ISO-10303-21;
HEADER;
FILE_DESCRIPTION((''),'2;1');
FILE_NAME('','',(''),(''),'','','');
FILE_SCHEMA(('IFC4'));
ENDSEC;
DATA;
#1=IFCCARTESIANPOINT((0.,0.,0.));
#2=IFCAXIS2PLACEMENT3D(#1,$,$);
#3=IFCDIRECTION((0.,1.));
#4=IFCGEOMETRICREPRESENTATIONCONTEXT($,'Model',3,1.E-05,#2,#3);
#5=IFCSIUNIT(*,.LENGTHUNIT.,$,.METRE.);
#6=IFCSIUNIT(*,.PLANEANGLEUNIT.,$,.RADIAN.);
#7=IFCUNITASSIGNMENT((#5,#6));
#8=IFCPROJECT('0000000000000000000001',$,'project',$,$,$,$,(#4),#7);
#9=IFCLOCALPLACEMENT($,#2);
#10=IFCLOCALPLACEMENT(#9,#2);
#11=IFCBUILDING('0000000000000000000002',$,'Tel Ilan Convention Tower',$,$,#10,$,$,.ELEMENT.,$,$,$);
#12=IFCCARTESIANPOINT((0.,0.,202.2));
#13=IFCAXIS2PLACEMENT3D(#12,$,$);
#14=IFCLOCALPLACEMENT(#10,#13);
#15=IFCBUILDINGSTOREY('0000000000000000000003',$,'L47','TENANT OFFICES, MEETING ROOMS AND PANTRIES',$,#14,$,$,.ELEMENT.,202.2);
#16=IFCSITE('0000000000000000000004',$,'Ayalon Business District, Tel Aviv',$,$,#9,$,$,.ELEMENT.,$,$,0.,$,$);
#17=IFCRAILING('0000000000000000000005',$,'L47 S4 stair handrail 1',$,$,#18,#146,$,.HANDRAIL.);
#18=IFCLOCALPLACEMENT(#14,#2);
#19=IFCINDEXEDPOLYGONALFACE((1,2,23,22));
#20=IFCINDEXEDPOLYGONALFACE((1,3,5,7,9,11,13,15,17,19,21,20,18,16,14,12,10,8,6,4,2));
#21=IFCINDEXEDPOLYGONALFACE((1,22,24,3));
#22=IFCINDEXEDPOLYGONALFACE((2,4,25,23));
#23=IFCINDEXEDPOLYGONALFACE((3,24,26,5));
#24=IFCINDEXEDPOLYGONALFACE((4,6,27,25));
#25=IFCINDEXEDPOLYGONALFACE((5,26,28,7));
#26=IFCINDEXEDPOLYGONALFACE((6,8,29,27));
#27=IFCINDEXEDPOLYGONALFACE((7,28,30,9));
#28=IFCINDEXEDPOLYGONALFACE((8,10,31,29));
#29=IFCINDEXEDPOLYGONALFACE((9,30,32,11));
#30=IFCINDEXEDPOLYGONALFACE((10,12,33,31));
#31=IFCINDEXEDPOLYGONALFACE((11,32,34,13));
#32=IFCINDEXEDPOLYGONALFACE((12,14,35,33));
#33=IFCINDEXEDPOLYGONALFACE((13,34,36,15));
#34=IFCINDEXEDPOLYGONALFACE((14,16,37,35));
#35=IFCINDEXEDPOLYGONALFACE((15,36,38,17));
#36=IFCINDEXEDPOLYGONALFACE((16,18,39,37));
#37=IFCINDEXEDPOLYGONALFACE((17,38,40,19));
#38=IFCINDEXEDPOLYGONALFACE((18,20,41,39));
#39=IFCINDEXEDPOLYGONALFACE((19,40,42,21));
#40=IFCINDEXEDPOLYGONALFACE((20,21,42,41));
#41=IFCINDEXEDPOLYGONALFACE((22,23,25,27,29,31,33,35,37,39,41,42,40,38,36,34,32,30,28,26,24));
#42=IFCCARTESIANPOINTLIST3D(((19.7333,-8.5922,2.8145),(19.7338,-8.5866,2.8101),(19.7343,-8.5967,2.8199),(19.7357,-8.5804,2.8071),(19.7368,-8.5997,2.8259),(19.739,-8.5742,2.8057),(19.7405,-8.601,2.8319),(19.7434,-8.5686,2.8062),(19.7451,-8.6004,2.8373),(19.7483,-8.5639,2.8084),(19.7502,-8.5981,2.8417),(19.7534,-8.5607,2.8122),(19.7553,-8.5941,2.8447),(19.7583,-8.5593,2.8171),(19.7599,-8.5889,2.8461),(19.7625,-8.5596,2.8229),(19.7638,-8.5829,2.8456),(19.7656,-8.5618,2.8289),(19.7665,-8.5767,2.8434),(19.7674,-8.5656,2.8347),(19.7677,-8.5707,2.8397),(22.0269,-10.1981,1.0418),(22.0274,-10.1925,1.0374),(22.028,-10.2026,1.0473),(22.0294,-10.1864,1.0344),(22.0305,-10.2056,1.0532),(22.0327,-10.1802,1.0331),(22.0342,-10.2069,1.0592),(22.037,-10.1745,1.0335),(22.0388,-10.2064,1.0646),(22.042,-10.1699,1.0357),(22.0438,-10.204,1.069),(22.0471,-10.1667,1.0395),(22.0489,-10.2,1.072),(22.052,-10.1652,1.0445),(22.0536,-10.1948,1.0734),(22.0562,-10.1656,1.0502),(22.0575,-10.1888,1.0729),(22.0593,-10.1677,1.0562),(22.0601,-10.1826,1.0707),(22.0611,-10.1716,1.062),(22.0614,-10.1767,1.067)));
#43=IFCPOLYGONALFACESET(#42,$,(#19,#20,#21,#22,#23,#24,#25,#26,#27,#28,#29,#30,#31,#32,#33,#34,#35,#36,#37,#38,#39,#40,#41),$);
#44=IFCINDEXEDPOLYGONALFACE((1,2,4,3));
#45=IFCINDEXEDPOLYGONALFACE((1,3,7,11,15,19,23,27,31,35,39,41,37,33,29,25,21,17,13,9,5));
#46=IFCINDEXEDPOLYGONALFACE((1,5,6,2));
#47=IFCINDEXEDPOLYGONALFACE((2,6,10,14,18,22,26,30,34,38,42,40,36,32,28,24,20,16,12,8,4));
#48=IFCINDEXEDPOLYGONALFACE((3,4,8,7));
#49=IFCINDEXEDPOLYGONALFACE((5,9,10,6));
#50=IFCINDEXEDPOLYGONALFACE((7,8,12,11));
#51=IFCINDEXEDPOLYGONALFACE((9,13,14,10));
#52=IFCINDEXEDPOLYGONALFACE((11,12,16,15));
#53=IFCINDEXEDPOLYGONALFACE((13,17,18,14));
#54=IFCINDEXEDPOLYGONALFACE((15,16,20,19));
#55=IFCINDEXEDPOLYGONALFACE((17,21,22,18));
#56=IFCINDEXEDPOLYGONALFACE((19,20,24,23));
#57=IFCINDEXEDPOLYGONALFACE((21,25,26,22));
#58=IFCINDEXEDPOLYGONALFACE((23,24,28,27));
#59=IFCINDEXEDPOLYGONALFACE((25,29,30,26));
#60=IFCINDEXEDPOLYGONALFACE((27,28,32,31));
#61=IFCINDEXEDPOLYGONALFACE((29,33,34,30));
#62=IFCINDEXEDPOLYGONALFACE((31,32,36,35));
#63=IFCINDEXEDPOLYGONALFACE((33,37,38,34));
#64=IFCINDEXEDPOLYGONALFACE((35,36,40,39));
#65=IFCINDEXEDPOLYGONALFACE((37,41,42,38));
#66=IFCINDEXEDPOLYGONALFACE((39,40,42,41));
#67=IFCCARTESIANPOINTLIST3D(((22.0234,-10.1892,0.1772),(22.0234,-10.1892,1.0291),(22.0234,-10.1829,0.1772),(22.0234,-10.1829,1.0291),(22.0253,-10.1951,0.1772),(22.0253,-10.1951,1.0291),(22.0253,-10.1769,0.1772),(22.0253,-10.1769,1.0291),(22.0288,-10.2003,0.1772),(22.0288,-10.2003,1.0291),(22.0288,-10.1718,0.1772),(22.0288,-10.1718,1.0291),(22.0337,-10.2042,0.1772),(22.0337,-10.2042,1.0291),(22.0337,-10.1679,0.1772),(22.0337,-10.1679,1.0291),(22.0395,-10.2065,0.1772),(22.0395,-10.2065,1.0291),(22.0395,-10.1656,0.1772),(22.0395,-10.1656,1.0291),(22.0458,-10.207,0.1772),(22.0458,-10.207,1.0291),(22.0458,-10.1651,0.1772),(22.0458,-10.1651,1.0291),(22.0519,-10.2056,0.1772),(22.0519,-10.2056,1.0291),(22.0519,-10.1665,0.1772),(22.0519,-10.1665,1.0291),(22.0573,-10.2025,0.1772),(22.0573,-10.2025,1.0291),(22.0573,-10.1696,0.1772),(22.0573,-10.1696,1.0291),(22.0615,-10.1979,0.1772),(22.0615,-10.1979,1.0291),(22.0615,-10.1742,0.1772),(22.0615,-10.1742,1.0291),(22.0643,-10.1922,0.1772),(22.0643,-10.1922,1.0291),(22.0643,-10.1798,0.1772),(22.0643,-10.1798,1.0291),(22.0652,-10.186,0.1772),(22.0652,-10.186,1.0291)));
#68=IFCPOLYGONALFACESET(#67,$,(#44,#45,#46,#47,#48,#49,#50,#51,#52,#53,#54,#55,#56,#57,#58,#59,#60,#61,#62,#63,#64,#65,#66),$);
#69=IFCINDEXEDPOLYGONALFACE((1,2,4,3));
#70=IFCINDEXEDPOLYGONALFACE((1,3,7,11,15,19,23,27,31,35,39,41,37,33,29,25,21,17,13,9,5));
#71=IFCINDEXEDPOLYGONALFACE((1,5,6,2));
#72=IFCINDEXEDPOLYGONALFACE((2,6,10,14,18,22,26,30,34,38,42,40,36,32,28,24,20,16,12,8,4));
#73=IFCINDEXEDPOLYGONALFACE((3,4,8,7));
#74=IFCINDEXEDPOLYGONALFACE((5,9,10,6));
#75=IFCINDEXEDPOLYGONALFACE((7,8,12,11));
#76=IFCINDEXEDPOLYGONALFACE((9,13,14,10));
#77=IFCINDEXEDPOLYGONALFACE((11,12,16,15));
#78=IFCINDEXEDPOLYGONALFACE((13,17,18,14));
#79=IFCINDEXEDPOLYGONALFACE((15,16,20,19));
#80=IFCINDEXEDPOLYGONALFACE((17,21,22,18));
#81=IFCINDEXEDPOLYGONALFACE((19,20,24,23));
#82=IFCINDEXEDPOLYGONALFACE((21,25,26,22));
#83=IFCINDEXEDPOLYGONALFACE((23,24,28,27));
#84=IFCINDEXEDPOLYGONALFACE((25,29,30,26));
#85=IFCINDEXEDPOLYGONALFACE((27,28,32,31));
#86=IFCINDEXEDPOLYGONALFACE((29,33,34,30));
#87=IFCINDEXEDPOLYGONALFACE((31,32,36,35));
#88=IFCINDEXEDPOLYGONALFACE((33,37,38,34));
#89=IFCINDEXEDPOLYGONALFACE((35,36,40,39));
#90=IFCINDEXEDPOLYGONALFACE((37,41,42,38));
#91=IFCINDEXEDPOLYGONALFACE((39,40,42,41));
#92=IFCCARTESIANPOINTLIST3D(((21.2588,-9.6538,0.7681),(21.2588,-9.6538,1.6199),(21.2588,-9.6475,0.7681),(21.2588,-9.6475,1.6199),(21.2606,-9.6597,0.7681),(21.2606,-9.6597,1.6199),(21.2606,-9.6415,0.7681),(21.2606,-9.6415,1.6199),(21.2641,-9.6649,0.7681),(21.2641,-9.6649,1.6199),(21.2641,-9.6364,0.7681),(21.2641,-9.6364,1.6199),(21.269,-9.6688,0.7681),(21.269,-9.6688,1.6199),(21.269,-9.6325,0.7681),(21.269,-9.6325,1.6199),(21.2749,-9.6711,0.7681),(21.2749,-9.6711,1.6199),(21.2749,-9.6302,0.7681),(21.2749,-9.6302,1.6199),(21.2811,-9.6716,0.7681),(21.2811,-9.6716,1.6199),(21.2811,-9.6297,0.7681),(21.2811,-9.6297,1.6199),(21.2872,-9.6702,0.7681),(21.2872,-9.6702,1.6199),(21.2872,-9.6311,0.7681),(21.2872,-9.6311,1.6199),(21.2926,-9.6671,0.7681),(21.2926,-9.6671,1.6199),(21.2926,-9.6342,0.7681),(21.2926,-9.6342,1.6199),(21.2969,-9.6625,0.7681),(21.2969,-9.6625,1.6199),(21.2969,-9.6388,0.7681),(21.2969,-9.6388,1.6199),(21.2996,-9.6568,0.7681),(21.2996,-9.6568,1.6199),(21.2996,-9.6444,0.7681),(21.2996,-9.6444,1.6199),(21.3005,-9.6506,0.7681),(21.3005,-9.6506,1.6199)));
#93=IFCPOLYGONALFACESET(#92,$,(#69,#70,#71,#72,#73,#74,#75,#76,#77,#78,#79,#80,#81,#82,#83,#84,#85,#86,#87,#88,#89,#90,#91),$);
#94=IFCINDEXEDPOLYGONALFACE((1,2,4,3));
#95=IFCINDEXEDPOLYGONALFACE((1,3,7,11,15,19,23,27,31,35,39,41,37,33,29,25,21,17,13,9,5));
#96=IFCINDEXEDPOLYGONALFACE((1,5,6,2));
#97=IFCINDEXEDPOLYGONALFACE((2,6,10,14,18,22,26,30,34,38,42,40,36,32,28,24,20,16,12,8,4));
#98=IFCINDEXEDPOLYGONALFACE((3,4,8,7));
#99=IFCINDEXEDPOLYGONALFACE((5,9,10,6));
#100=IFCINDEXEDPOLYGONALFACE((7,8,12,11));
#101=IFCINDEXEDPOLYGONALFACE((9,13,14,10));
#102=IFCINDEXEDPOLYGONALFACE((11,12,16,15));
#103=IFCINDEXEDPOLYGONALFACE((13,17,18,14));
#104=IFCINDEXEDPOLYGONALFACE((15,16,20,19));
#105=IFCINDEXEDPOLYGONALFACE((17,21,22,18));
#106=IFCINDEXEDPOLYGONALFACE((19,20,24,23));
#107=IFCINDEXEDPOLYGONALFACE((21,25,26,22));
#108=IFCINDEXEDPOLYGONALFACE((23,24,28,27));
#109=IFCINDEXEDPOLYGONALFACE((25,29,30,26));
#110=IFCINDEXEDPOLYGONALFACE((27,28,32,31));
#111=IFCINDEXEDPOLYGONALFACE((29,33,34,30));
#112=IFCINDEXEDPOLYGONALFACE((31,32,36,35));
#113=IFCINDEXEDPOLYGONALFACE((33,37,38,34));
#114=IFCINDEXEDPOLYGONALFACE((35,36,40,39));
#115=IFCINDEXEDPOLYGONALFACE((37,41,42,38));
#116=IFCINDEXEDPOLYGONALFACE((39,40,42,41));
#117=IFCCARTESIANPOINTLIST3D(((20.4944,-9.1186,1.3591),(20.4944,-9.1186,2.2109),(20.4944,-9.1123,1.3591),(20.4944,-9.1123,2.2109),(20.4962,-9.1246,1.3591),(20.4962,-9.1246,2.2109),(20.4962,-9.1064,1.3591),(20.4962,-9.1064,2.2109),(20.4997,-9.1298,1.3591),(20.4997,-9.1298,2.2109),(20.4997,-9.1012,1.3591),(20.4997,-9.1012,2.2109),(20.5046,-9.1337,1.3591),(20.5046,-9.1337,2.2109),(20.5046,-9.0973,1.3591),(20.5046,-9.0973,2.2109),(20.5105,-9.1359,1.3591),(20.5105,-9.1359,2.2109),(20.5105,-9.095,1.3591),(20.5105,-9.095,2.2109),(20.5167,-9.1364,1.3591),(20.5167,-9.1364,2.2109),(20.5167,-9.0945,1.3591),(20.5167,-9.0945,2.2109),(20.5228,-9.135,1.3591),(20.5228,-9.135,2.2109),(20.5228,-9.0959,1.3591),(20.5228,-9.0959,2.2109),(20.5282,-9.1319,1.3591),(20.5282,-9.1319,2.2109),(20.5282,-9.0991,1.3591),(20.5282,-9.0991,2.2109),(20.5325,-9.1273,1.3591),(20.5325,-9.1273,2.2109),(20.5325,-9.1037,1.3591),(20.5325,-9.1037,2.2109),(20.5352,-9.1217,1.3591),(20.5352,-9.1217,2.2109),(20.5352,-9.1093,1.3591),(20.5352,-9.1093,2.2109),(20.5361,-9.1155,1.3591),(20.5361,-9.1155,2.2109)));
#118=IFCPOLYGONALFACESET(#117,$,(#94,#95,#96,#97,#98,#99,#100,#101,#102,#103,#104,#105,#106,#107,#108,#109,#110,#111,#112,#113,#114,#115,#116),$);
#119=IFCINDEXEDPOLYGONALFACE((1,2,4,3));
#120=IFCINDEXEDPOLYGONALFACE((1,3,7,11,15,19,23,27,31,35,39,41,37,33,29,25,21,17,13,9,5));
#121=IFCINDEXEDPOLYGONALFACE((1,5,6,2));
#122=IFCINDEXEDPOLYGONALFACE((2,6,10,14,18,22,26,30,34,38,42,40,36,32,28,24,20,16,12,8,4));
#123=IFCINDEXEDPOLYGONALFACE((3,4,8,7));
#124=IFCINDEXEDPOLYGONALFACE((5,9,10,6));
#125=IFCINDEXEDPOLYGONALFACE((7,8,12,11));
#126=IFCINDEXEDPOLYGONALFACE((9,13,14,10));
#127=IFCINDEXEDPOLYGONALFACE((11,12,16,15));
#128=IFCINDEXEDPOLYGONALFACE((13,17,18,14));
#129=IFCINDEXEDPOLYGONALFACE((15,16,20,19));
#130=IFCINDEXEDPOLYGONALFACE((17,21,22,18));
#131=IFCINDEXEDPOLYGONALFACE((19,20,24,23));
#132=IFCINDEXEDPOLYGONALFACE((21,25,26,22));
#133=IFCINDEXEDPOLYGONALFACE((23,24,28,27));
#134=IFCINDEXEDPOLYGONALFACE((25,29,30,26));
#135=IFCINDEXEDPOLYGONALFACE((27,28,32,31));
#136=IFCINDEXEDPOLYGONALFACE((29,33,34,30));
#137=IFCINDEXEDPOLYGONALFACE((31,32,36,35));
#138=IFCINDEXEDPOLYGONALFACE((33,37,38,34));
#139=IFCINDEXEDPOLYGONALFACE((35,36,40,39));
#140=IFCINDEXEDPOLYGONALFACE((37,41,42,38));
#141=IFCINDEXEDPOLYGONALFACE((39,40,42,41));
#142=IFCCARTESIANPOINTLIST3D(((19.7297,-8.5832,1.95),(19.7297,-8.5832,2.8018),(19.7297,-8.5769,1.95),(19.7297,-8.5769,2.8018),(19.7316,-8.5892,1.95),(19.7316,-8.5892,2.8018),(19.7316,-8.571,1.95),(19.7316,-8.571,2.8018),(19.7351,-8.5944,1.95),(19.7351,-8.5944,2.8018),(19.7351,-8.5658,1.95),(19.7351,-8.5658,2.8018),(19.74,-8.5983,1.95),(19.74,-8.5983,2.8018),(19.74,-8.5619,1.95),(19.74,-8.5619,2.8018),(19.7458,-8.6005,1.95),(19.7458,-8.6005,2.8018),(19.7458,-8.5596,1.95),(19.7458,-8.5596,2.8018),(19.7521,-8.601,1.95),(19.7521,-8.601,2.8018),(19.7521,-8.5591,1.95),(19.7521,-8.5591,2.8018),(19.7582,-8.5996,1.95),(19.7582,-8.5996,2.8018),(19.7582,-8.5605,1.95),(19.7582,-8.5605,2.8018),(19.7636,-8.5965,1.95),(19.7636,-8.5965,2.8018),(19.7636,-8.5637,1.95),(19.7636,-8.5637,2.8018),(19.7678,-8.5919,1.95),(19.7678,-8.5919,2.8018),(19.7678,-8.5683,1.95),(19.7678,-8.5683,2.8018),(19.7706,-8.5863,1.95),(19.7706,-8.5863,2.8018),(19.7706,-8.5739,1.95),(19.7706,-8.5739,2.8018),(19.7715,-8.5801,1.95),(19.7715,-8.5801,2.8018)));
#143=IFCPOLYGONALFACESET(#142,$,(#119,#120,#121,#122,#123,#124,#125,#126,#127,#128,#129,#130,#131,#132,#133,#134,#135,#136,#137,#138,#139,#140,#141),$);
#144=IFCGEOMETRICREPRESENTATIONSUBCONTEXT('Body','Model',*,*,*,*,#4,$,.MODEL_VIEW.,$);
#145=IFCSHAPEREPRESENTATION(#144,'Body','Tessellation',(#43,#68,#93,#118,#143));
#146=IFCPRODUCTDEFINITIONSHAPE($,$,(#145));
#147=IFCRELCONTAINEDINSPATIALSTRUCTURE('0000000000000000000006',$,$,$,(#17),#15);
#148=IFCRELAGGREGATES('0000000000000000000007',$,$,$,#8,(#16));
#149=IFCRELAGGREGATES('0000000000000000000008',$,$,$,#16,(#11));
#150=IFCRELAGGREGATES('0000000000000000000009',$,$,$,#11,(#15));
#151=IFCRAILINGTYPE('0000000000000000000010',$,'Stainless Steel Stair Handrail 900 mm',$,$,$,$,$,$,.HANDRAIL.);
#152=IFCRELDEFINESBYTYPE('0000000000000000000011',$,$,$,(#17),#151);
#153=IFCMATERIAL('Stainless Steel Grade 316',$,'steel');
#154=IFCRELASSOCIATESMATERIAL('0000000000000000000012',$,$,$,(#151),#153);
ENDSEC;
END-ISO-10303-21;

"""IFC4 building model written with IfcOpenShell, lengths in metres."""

from ifc_helpers import new_model, si_unit, direction, frame, origin, origin_2d, place, context, subcontext, project, spatial, circle, extrude, material, type_object, element, save


model = new_model("IFC4")

# Units and contexts
model_context = context("Model", 3, precision=1e-05, world=origin(), true_north=direction((0.0, 1.0)))
body_context = subcontext(model_context, "Body", "Model", "MODEL_VIEW")
ifc_project = project(units=[si_unit("LENGTHUNIT", "METRE"), si_unit("PLANEANGLEUNIT", "RADIAN")], contexts=[model_context])

# Site, building, storey
site_placement = place(None, origin())
site = spatial("IfcSite", under=ifc_project, at=site_placement, Name="Ayalon Business District, Tel Aviv", CompositionType="ELEMENT", RefElevation=0.0)
building_placement = place(site_placement, origin())
building = spatial("IfcBuilding", under=site, at=building_placement, Name="Tel Ilan Convention Tower", CompositionType="ELEMENT")
storey_placement = place(building_placement, frame((0.0, 0.0, 202.2)))
storey = spatial("IfcBuildingStorey", under=building, at=storey_placement, Name="L47", Description="TENANT OFFICES, MEETING ROOMS AND PANTRIES", CompositionType="ELEMENT", Elevation=202.2)

# Railing
ifc_material_1 = material(Name="Stainless Steel Grade 316", Category="steel")
railing_type_1 = type_object("IfcRailingType", Name="Stainless Steel Stair Handrail 900 mm", PredefinedType="HANDRAIL", material=ifc_material_1)
railing_1_placement = place(storey_placement, frame((22.0442, -10.186, 0.1772)))
element("IfcRailing", 1, at=railing_1_placement, inside=storey, type_object=railing_type_1, Name="L47 S4 stair handrail 1", PredefinedType="HANDRAIL", context=body_context, shape_type="SweptSolid", body=[
    extrude(circle(Radius=0.0239, at=origin_2d()), frame((0.0, 0.0, 0.876), z_axis=(-0.692123, 0.484597, 0.534913), x_axis=(-0.57355, -0.81917, 0.0)), (0.0, 0.0, 1.0), 3.314),
    extrude(circle(Radius=0.021, at=origin_2d()), origin(), (0.0, 0.0, 1.0), 0.8518),
    extrude(circle(Radius=0.021, at=origin_2d()), frame((-0.7646, 0.5354, 0.5908)), (0.0, 0.0, 1.0), 0.8518),
    extrude(circle(Radius=0.021, at=origin_2d()), frame((-1.5291, 1.0706, 1.1819)), (0.0, 0.0, 1.0), 0.8518),
    extrude(circle(Radius=0.021, at=origin_2d()), frame((-2.2937, 1.606, 1.7727)), (0.0, 0.0, 1.0), 0.8518),
])

save(model, "model.ifc")
